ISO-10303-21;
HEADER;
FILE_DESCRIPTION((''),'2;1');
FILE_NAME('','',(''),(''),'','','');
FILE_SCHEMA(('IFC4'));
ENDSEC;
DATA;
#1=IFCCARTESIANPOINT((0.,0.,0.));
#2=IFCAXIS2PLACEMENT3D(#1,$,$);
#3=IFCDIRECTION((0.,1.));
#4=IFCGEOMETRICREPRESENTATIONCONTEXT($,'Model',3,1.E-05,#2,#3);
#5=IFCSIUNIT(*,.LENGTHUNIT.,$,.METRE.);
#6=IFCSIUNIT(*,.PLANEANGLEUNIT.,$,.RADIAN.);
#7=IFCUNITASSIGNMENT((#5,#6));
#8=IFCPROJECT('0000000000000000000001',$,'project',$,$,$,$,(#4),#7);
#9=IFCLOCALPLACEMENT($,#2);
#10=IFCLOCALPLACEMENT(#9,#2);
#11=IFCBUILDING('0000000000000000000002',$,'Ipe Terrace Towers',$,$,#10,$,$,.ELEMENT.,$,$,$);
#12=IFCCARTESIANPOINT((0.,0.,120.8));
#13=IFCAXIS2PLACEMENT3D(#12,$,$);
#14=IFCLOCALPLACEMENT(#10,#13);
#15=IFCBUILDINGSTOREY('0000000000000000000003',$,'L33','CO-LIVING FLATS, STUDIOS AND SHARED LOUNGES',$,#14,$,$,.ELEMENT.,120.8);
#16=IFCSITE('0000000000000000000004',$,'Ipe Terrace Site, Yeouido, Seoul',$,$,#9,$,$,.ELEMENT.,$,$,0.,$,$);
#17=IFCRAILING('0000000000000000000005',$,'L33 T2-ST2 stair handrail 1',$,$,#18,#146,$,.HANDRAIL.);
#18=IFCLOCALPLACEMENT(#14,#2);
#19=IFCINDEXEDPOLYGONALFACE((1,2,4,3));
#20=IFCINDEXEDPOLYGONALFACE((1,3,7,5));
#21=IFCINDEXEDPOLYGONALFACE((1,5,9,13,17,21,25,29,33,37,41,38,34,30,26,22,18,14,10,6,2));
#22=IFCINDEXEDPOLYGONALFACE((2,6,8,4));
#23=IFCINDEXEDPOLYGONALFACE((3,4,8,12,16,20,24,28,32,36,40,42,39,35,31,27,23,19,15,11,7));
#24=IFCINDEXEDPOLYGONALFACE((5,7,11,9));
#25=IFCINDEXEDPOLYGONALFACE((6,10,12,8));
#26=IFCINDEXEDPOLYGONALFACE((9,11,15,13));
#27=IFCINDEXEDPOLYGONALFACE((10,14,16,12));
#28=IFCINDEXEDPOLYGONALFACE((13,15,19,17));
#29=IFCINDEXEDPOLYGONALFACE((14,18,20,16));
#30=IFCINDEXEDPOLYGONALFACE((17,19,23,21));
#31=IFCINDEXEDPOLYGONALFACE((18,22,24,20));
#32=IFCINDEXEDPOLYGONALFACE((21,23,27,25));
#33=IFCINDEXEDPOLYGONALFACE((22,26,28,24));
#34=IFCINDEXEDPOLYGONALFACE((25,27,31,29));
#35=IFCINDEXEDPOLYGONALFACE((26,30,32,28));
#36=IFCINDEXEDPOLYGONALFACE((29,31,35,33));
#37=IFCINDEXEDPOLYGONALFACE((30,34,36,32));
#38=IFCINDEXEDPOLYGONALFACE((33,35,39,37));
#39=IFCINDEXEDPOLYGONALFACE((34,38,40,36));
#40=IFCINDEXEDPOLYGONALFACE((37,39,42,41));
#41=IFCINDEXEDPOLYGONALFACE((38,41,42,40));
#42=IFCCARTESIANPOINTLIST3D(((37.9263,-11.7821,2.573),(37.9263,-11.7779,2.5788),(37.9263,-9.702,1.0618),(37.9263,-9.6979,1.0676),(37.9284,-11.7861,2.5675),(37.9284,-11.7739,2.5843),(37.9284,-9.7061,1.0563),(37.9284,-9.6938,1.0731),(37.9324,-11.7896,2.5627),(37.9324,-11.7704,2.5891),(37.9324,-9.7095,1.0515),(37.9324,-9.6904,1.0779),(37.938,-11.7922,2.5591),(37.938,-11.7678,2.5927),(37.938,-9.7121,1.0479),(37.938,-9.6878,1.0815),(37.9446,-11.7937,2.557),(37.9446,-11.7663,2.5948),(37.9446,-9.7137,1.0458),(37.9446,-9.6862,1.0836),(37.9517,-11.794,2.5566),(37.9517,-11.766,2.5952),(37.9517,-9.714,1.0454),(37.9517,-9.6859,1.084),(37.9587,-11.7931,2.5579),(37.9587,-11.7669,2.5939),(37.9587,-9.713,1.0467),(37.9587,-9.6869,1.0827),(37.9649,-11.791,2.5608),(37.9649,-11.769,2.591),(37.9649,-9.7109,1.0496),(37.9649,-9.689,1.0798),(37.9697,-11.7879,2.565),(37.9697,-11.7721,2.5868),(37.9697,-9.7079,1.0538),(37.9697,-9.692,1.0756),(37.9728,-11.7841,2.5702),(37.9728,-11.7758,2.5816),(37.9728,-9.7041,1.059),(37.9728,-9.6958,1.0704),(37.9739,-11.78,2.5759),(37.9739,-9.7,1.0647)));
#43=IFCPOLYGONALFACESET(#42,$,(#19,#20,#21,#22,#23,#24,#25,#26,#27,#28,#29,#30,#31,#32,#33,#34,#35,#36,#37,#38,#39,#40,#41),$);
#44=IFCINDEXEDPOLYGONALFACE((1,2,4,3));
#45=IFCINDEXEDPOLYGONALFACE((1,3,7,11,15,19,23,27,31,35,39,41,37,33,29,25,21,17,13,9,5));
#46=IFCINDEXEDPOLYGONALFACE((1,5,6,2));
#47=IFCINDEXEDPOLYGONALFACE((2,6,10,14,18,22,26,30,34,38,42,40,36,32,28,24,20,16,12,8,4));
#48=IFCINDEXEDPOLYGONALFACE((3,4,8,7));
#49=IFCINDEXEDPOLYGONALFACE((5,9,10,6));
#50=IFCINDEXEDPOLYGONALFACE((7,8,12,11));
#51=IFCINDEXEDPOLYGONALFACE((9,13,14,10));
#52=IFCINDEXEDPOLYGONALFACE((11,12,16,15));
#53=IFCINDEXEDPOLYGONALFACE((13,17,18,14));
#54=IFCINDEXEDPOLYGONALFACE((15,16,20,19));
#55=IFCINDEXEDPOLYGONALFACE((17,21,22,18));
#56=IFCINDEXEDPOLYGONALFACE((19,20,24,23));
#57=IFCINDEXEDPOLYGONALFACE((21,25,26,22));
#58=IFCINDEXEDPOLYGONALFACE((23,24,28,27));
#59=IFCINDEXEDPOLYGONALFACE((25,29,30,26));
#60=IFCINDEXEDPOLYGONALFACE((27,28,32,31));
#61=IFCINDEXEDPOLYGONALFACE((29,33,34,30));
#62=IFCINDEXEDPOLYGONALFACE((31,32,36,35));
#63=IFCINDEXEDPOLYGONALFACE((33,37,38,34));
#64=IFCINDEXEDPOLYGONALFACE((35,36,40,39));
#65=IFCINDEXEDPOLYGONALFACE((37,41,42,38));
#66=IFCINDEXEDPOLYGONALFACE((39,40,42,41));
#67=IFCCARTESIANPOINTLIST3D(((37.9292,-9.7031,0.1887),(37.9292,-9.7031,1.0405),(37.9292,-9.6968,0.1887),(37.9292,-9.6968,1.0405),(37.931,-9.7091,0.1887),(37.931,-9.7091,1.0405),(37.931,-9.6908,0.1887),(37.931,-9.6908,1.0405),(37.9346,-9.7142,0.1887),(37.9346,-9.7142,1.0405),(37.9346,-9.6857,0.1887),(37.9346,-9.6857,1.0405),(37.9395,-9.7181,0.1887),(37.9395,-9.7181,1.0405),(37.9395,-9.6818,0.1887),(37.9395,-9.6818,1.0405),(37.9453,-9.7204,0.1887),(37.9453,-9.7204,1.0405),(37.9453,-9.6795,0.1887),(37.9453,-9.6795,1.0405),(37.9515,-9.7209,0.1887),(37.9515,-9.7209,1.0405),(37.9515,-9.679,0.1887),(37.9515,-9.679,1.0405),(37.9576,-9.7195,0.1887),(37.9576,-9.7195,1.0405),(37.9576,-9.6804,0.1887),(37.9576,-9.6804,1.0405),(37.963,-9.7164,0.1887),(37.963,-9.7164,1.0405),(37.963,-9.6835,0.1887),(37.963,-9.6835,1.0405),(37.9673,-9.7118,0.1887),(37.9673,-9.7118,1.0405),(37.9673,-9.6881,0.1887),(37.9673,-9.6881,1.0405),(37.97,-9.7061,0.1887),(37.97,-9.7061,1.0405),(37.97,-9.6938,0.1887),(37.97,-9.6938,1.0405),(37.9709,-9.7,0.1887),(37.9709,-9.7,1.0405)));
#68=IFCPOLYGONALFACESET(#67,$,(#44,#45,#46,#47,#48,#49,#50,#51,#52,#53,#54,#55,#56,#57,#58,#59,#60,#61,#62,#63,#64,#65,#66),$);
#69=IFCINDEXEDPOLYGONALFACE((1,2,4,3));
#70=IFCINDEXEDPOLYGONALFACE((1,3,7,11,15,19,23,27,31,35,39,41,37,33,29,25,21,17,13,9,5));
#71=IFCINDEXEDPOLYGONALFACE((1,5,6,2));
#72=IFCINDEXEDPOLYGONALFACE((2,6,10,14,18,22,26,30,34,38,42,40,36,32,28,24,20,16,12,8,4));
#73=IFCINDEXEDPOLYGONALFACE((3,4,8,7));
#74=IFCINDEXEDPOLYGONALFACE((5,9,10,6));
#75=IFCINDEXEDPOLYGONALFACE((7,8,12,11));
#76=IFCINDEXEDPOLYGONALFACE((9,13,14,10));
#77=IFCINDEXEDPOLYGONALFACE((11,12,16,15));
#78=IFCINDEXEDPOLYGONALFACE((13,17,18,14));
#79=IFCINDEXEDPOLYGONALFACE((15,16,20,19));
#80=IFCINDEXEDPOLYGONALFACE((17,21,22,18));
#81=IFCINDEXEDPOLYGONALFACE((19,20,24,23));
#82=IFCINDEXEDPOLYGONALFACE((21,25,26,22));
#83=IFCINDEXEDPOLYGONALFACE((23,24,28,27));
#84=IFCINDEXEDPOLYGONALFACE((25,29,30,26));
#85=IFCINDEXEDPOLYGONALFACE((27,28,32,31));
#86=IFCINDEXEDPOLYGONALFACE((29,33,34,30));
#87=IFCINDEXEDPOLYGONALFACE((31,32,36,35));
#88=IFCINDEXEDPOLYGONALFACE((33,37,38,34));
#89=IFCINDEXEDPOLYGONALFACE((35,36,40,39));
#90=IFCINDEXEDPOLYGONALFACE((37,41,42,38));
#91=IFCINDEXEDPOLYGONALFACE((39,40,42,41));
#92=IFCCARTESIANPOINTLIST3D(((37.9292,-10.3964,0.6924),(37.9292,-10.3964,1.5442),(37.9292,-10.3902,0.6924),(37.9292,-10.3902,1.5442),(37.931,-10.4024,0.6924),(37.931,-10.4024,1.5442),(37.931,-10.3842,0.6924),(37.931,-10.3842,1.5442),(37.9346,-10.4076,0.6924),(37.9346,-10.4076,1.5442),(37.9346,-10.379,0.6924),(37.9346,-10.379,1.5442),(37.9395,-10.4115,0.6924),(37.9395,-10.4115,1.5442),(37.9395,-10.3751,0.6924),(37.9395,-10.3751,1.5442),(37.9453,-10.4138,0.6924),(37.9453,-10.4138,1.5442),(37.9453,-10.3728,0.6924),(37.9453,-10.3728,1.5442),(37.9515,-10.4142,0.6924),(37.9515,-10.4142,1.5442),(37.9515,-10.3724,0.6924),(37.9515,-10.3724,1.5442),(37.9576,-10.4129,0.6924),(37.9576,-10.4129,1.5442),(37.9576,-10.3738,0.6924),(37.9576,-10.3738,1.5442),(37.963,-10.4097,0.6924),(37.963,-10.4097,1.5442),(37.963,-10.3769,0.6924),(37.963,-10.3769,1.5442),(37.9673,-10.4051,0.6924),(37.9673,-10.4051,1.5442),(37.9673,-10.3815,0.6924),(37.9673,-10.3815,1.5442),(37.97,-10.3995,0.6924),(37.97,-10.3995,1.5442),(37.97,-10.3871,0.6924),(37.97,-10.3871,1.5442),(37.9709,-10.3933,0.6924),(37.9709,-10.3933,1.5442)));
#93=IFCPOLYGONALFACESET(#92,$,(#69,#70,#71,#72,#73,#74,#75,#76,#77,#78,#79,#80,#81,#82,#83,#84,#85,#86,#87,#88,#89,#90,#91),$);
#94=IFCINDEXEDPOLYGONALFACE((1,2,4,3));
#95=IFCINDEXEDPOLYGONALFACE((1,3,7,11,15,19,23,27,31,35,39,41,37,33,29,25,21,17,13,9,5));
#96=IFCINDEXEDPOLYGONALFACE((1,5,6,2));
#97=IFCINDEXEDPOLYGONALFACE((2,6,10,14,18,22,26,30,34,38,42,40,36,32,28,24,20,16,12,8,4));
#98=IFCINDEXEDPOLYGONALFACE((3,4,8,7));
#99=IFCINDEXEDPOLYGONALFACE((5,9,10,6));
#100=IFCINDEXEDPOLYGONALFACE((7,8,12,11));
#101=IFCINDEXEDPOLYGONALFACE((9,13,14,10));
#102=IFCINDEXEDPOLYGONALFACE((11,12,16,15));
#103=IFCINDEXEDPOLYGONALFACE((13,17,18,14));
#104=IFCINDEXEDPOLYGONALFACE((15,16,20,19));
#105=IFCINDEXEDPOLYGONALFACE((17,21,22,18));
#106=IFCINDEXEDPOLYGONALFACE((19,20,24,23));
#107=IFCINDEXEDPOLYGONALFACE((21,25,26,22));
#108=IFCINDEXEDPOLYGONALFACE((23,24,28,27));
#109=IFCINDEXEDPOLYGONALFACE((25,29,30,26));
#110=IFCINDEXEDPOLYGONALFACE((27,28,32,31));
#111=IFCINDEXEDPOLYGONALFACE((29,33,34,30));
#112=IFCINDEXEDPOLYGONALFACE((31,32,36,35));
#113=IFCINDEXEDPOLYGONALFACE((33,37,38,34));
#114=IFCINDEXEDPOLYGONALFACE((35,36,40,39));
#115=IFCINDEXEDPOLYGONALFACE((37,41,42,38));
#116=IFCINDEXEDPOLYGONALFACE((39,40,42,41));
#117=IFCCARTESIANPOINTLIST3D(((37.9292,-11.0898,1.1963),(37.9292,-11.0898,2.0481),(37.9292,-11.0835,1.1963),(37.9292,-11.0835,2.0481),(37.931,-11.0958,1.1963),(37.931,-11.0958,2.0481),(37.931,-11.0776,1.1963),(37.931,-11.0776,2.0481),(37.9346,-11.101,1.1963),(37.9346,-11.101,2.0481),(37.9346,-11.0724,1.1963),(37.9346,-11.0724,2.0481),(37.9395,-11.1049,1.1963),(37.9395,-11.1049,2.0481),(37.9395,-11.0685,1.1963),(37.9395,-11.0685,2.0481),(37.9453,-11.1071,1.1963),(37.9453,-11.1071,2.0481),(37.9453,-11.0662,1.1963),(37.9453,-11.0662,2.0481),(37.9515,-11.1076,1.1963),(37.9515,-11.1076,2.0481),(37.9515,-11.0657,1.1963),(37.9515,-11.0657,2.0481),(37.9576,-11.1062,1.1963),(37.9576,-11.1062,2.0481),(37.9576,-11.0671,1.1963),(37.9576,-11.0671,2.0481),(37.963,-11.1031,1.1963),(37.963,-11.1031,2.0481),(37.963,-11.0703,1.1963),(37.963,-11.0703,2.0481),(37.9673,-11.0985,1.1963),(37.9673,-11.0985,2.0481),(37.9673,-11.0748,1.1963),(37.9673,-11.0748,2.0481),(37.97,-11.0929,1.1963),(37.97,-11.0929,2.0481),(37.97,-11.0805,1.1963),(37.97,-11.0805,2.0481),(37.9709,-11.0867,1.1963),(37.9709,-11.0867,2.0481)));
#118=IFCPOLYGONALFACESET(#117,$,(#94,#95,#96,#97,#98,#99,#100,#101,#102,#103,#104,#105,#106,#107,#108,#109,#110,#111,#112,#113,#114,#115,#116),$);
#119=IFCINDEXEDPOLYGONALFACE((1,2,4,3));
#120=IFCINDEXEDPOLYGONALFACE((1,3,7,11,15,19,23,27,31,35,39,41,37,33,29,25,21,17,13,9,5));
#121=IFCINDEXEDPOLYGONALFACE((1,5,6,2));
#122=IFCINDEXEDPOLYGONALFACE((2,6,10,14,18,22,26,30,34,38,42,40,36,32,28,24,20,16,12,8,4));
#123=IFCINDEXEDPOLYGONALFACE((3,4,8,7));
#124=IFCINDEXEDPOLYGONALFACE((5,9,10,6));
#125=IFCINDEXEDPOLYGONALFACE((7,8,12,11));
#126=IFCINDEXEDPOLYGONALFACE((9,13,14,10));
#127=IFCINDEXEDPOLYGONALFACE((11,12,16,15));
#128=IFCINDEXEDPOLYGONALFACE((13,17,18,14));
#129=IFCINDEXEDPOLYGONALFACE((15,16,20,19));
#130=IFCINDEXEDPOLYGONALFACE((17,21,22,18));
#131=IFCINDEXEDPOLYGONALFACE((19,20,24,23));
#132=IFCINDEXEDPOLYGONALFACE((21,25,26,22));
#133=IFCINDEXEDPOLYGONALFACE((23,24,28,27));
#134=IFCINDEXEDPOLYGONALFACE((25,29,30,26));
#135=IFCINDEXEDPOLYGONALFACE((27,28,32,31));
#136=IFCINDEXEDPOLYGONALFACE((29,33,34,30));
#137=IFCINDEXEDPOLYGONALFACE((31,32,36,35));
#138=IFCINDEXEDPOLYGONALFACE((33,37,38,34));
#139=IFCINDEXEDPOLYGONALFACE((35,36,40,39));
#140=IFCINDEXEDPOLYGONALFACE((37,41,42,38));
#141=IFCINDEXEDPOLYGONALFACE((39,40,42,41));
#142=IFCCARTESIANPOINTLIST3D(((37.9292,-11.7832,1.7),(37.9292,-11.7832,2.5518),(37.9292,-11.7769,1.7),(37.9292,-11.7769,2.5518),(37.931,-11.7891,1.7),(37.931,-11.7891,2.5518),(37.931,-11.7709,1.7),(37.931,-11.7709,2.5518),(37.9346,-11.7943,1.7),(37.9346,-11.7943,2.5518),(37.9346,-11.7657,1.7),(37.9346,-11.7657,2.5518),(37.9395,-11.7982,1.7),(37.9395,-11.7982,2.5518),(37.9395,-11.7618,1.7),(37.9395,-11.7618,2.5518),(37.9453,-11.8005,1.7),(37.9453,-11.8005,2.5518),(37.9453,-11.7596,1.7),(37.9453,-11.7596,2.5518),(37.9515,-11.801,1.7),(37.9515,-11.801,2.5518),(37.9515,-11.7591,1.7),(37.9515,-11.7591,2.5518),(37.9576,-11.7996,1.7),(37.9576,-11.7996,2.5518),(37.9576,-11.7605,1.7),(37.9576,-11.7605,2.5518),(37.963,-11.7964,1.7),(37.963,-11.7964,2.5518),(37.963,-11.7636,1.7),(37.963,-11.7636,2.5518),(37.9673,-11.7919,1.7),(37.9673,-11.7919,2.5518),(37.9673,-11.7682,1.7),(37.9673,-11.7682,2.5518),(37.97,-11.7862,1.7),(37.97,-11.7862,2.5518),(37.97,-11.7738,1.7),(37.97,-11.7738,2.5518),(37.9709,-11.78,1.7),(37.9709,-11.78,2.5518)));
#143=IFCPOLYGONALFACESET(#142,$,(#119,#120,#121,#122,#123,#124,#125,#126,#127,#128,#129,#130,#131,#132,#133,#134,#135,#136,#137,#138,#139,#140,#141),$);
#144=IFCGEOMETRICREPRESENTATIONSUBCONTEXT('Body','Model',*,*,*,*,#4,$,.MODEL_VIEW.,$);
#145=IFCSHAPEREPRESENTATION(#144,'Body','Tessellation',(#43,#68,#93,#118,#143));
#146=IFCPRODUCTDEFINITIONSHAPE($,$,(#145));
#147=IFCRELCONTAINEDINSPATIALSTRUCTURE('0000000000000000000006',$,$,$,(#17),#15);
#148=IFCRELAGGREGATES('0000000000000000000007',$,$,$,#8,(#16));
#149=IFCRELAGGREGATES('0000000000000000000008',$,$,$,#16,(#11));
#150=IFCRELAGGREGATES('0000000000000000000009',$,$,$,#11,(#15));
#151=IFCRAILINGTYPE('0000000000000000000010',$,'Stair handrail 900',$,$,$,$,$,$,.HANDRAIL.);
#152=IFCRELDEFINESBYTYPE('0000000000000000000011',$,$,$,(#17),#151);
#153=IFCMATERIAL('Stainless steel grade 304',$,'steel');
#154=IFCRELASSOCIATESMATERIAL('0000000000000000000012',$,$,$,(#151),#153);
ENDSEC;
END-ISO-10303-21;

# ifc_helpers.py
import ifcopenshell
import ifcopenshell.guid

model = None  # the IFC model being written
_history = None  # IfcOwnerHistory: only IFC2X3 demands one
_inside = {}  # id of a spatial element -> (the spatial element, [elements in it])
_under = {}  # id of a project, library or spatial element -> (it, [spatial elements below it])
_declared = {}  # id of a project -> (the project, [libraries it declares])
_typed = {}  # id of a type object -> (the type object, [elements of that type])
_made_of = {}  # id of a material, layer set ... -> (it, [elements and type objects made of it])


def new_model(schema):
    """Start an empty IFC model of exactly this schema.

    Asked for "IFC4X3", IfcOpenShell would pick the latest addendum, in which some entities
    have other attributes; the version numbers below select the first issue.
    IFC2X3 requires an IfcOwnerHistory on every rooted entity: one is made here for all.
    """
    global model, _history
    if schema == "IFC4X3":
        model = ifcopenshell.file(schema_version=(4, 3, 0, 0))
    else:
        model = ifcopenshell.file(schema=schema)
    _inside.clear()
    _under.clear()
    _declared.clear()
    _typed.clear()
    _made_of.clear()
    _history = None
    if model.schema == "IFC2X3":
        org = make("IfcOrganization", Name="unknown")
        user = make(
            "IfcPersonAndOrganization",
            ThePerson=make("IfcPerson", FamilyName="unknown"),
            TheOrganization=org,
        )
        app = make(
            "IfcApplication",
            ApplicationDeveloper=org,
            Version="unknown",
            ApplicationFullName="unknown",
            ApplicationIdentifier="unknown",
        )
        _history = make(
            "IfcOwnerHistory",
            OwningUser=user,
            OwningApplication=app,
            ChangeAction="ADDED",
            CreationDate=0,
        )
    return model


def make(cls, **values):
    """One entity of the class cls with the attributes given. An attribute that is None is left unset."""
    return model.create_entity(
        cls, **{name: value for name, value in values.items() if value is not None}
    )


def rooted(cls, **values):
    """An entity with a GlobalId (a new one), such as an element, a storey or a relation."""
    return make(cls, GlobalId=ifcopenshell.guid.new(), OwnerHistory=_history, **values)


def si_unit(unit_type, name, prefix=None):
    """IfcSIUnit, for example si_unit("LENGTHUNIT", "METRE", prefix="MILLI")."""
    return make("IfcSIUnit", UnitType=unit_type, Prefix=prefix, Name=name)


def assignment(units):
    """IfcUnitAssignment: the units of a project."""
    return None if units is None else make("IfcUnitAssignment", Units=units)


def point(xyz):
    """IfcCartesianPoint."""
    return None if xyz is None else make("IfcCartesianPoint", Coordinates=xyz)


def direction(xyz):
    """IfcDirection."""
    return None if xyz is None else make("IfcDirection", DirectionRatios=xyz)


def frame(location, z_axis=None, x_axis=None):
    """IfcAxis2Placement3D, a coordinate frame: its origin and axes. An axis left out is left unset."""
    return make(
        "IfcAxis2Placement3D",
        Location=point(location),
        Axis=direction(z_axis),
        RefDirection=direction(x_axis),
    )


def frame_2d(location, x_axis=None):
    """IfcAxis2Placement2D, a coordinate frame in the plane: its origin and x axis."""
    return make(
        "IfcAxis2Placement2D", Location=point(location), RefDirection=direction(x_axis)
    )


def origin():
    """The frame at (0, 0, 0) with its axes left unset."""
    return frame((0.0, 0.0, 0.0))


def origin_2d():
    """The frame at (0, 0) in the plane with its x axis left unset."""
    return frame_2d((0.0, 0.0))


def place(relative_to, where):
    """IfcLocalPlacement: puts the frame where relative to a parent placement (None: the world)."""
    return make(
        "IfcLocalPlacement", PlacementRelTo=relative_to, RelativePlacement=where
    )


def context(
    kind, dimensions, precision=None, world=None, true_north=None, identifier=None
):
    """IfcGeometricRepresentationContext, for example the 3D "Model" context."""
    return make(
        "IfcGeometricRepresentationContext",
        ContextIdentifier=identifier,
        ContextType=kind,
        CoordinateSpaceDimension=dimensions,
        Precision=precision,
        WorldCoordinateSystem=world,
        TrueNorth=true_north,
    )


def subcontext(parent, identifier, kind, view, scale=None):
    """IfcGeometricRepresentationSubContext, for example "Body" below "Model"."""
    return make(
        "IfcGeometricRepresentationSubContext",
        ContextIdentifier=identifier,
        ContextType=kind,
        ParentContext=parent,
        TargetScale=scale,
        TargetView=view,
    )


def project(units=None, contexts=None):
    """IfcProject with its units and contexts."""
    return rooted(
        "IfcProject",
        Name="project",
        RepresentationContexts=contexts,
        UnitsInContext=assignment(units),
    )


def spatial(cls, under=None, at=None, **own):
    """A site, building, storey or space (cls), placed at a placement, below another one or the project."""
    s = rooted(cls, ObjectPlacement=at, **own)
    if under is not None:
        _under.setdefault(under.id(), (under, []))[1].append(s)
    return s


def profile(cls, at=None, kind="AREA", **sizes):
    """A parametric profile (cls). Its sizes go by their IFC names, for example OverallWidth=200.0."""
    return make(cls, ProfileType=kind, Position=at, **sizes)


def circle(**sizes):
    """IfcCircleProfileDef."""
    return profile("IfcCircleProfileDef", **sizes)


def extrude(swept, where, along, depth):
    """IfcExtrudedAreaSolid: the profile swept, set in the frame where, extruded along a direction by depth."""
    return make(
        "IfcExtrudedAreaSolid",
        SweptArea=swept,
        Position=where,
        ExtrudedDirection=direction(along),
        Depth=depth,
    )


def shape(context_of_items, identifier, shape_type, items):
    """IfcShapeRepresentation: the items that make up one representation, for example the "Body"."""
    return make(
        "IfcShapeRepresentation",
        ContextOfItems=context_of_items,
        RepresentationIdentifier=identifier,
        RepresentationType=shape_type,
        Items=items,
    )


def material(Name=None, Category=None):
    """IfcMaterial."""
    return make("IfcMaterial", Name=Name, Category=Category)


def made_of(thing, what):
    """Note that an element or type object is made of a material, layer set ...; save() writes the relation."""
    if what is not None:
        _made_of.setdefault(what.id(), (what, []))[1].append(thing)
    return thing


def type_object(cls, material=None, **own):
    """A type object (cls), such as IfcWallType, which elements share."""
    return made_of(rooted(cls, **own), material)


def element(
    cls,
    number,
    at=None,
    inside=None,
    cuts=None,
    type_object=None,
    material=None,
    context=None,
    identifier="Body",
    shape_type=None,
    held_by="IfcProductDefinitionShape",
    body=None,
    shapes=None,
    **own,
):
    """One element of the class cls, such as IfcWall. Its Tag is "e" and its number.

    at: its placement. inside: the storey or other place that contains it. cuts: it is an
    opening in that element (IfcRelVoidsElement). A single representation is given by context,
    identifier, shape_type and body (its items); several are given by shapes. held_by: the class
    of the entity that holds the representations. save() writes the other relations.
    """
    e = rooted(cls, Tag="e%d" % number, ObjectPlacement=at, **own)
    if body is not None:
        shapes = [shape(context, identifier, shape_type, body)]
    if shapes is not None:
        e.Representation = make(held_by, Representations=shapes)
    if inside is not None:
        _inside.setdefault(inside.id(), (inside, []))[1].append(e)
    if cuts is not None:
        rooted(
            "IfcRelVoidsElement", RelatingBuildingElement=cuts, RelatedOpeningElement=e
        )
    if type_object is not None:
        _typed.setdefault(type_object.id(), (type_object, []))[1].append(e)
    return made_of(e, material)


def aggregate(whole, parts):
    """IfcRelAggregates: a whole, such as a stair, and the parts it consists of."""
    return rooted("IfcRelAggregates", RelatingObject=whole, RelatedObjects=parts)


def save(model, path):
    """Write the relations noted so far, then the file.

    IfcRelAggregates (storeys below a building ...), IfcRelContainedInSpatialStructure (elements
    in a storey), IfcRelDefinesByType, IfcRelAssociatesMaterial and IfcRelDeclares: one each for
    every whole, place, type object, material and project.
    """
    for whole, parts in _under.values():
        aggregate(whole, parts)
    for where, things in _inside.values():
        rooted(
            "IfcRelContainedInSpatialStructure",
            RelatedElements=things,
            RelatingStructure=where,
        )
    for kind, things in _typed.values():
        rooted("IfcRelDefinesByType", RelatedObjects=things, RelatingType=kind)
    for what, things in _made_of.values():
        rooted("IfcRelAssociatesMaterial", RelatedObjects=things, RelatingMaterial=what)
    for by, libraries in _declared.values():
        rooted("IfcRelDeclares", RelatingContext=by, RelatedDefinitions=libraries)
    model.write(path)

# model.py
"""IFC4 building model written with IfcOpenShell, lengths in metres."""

from ifc_helpers import new_model, si_unit, direction, frame, origin, origin_2d, place, context, subcontext, project, spatial, circle, extrude, material, type_object, element, save


model = new_model("IFC4")

# Units and contexts
model_context = context("Model", 3, precision=1e-05, world=origin(), true_north=direction((0.0, 1.0)))
body_context = subcontext(model_context, "Body", "Model", "MODEL_VIEW")
ifc_project = project(units=[si_unit("LENGTHUNIT", "METRE"), si_unit("PLANEANGLEUNIT", "RADIAN")], contexts=[model_context])

# Site, building, storey
site_placement = place(None, origin())
site = spatial("IfcSite", under=ifc_project, at=site_placement, Name="Ipe Terrace Site, Yeouido, Seoul", CompositionType="ELEMENT", RefElevation=0.0)
building_placement = place(site_placement, origin())
building = spatial("IfcBuilding", under=site, at=building_placement, Name="Ipe Terrace Towers", CompositionType="ELEMENT")
storey_placement = place(building_placement, frame((0.0, 0.0, 120.8)))
storey = spatial("IfcBuildingStorey", under=building, at=storey_placement, Name="L33", Description="CO-LIVING FLATS, STUDIOS AND SHARED LOUNGES", CompositionType="ELEMENT", Elevation=120.8)

# Railing
ifc_material_1 = material(Name="Stainless steel grade 304", Category="steel")
railing_type_1 = type_object("IfcRailingType", Name="Stair handrail 900", PredefinedType="HANDRAIL", material=ifc_material_1)
railing_1_placement = place(storey_placement, frame((37.95, -9.7, 0.1887)))
element("IfcRailing", 1, at=railing_1_placement, inside=storey, type_object=railing_type_1, Name="L33 T2-ST2 stair handrail 1", PredefinedType="HANDRAIL", context=body_context, shape_type="SweptSolid", body=[
    extrude(circle(Radius=0.0239, at=origin_2d()), frame((0.0, 0.0, 0.876), z_axis=(0.0, -0.809023, 0.587776), x_axis=(1.0, 0.0, 0.0)), (0.0, 0.0, 1.0), 2.571),
    extrude(circle(Radius=0.021, at=origin_2d()), origin(), (0.0, 0.0, 1.0), 0.8518),
    extrude(circle(Radius=0.021, at=origin_2d()), frame((0.0, -0.6934, 0.5037)), (0.0, 0.0, 1.0), 0.8518),
    extrude(circle(Radius=0.021, at=origin_2d()), frame((0.0, -1.3867, 1.0076)), (0.0, 0.0, 1.0), 0.8518),
    extrude(circle(Radius=0.021, at=origin_2d()), frame((0.0, -2.0801, 1.5112)), (0.0, 0.0, 1.0), 0.8518),
])

save(model, "model.ifc")
